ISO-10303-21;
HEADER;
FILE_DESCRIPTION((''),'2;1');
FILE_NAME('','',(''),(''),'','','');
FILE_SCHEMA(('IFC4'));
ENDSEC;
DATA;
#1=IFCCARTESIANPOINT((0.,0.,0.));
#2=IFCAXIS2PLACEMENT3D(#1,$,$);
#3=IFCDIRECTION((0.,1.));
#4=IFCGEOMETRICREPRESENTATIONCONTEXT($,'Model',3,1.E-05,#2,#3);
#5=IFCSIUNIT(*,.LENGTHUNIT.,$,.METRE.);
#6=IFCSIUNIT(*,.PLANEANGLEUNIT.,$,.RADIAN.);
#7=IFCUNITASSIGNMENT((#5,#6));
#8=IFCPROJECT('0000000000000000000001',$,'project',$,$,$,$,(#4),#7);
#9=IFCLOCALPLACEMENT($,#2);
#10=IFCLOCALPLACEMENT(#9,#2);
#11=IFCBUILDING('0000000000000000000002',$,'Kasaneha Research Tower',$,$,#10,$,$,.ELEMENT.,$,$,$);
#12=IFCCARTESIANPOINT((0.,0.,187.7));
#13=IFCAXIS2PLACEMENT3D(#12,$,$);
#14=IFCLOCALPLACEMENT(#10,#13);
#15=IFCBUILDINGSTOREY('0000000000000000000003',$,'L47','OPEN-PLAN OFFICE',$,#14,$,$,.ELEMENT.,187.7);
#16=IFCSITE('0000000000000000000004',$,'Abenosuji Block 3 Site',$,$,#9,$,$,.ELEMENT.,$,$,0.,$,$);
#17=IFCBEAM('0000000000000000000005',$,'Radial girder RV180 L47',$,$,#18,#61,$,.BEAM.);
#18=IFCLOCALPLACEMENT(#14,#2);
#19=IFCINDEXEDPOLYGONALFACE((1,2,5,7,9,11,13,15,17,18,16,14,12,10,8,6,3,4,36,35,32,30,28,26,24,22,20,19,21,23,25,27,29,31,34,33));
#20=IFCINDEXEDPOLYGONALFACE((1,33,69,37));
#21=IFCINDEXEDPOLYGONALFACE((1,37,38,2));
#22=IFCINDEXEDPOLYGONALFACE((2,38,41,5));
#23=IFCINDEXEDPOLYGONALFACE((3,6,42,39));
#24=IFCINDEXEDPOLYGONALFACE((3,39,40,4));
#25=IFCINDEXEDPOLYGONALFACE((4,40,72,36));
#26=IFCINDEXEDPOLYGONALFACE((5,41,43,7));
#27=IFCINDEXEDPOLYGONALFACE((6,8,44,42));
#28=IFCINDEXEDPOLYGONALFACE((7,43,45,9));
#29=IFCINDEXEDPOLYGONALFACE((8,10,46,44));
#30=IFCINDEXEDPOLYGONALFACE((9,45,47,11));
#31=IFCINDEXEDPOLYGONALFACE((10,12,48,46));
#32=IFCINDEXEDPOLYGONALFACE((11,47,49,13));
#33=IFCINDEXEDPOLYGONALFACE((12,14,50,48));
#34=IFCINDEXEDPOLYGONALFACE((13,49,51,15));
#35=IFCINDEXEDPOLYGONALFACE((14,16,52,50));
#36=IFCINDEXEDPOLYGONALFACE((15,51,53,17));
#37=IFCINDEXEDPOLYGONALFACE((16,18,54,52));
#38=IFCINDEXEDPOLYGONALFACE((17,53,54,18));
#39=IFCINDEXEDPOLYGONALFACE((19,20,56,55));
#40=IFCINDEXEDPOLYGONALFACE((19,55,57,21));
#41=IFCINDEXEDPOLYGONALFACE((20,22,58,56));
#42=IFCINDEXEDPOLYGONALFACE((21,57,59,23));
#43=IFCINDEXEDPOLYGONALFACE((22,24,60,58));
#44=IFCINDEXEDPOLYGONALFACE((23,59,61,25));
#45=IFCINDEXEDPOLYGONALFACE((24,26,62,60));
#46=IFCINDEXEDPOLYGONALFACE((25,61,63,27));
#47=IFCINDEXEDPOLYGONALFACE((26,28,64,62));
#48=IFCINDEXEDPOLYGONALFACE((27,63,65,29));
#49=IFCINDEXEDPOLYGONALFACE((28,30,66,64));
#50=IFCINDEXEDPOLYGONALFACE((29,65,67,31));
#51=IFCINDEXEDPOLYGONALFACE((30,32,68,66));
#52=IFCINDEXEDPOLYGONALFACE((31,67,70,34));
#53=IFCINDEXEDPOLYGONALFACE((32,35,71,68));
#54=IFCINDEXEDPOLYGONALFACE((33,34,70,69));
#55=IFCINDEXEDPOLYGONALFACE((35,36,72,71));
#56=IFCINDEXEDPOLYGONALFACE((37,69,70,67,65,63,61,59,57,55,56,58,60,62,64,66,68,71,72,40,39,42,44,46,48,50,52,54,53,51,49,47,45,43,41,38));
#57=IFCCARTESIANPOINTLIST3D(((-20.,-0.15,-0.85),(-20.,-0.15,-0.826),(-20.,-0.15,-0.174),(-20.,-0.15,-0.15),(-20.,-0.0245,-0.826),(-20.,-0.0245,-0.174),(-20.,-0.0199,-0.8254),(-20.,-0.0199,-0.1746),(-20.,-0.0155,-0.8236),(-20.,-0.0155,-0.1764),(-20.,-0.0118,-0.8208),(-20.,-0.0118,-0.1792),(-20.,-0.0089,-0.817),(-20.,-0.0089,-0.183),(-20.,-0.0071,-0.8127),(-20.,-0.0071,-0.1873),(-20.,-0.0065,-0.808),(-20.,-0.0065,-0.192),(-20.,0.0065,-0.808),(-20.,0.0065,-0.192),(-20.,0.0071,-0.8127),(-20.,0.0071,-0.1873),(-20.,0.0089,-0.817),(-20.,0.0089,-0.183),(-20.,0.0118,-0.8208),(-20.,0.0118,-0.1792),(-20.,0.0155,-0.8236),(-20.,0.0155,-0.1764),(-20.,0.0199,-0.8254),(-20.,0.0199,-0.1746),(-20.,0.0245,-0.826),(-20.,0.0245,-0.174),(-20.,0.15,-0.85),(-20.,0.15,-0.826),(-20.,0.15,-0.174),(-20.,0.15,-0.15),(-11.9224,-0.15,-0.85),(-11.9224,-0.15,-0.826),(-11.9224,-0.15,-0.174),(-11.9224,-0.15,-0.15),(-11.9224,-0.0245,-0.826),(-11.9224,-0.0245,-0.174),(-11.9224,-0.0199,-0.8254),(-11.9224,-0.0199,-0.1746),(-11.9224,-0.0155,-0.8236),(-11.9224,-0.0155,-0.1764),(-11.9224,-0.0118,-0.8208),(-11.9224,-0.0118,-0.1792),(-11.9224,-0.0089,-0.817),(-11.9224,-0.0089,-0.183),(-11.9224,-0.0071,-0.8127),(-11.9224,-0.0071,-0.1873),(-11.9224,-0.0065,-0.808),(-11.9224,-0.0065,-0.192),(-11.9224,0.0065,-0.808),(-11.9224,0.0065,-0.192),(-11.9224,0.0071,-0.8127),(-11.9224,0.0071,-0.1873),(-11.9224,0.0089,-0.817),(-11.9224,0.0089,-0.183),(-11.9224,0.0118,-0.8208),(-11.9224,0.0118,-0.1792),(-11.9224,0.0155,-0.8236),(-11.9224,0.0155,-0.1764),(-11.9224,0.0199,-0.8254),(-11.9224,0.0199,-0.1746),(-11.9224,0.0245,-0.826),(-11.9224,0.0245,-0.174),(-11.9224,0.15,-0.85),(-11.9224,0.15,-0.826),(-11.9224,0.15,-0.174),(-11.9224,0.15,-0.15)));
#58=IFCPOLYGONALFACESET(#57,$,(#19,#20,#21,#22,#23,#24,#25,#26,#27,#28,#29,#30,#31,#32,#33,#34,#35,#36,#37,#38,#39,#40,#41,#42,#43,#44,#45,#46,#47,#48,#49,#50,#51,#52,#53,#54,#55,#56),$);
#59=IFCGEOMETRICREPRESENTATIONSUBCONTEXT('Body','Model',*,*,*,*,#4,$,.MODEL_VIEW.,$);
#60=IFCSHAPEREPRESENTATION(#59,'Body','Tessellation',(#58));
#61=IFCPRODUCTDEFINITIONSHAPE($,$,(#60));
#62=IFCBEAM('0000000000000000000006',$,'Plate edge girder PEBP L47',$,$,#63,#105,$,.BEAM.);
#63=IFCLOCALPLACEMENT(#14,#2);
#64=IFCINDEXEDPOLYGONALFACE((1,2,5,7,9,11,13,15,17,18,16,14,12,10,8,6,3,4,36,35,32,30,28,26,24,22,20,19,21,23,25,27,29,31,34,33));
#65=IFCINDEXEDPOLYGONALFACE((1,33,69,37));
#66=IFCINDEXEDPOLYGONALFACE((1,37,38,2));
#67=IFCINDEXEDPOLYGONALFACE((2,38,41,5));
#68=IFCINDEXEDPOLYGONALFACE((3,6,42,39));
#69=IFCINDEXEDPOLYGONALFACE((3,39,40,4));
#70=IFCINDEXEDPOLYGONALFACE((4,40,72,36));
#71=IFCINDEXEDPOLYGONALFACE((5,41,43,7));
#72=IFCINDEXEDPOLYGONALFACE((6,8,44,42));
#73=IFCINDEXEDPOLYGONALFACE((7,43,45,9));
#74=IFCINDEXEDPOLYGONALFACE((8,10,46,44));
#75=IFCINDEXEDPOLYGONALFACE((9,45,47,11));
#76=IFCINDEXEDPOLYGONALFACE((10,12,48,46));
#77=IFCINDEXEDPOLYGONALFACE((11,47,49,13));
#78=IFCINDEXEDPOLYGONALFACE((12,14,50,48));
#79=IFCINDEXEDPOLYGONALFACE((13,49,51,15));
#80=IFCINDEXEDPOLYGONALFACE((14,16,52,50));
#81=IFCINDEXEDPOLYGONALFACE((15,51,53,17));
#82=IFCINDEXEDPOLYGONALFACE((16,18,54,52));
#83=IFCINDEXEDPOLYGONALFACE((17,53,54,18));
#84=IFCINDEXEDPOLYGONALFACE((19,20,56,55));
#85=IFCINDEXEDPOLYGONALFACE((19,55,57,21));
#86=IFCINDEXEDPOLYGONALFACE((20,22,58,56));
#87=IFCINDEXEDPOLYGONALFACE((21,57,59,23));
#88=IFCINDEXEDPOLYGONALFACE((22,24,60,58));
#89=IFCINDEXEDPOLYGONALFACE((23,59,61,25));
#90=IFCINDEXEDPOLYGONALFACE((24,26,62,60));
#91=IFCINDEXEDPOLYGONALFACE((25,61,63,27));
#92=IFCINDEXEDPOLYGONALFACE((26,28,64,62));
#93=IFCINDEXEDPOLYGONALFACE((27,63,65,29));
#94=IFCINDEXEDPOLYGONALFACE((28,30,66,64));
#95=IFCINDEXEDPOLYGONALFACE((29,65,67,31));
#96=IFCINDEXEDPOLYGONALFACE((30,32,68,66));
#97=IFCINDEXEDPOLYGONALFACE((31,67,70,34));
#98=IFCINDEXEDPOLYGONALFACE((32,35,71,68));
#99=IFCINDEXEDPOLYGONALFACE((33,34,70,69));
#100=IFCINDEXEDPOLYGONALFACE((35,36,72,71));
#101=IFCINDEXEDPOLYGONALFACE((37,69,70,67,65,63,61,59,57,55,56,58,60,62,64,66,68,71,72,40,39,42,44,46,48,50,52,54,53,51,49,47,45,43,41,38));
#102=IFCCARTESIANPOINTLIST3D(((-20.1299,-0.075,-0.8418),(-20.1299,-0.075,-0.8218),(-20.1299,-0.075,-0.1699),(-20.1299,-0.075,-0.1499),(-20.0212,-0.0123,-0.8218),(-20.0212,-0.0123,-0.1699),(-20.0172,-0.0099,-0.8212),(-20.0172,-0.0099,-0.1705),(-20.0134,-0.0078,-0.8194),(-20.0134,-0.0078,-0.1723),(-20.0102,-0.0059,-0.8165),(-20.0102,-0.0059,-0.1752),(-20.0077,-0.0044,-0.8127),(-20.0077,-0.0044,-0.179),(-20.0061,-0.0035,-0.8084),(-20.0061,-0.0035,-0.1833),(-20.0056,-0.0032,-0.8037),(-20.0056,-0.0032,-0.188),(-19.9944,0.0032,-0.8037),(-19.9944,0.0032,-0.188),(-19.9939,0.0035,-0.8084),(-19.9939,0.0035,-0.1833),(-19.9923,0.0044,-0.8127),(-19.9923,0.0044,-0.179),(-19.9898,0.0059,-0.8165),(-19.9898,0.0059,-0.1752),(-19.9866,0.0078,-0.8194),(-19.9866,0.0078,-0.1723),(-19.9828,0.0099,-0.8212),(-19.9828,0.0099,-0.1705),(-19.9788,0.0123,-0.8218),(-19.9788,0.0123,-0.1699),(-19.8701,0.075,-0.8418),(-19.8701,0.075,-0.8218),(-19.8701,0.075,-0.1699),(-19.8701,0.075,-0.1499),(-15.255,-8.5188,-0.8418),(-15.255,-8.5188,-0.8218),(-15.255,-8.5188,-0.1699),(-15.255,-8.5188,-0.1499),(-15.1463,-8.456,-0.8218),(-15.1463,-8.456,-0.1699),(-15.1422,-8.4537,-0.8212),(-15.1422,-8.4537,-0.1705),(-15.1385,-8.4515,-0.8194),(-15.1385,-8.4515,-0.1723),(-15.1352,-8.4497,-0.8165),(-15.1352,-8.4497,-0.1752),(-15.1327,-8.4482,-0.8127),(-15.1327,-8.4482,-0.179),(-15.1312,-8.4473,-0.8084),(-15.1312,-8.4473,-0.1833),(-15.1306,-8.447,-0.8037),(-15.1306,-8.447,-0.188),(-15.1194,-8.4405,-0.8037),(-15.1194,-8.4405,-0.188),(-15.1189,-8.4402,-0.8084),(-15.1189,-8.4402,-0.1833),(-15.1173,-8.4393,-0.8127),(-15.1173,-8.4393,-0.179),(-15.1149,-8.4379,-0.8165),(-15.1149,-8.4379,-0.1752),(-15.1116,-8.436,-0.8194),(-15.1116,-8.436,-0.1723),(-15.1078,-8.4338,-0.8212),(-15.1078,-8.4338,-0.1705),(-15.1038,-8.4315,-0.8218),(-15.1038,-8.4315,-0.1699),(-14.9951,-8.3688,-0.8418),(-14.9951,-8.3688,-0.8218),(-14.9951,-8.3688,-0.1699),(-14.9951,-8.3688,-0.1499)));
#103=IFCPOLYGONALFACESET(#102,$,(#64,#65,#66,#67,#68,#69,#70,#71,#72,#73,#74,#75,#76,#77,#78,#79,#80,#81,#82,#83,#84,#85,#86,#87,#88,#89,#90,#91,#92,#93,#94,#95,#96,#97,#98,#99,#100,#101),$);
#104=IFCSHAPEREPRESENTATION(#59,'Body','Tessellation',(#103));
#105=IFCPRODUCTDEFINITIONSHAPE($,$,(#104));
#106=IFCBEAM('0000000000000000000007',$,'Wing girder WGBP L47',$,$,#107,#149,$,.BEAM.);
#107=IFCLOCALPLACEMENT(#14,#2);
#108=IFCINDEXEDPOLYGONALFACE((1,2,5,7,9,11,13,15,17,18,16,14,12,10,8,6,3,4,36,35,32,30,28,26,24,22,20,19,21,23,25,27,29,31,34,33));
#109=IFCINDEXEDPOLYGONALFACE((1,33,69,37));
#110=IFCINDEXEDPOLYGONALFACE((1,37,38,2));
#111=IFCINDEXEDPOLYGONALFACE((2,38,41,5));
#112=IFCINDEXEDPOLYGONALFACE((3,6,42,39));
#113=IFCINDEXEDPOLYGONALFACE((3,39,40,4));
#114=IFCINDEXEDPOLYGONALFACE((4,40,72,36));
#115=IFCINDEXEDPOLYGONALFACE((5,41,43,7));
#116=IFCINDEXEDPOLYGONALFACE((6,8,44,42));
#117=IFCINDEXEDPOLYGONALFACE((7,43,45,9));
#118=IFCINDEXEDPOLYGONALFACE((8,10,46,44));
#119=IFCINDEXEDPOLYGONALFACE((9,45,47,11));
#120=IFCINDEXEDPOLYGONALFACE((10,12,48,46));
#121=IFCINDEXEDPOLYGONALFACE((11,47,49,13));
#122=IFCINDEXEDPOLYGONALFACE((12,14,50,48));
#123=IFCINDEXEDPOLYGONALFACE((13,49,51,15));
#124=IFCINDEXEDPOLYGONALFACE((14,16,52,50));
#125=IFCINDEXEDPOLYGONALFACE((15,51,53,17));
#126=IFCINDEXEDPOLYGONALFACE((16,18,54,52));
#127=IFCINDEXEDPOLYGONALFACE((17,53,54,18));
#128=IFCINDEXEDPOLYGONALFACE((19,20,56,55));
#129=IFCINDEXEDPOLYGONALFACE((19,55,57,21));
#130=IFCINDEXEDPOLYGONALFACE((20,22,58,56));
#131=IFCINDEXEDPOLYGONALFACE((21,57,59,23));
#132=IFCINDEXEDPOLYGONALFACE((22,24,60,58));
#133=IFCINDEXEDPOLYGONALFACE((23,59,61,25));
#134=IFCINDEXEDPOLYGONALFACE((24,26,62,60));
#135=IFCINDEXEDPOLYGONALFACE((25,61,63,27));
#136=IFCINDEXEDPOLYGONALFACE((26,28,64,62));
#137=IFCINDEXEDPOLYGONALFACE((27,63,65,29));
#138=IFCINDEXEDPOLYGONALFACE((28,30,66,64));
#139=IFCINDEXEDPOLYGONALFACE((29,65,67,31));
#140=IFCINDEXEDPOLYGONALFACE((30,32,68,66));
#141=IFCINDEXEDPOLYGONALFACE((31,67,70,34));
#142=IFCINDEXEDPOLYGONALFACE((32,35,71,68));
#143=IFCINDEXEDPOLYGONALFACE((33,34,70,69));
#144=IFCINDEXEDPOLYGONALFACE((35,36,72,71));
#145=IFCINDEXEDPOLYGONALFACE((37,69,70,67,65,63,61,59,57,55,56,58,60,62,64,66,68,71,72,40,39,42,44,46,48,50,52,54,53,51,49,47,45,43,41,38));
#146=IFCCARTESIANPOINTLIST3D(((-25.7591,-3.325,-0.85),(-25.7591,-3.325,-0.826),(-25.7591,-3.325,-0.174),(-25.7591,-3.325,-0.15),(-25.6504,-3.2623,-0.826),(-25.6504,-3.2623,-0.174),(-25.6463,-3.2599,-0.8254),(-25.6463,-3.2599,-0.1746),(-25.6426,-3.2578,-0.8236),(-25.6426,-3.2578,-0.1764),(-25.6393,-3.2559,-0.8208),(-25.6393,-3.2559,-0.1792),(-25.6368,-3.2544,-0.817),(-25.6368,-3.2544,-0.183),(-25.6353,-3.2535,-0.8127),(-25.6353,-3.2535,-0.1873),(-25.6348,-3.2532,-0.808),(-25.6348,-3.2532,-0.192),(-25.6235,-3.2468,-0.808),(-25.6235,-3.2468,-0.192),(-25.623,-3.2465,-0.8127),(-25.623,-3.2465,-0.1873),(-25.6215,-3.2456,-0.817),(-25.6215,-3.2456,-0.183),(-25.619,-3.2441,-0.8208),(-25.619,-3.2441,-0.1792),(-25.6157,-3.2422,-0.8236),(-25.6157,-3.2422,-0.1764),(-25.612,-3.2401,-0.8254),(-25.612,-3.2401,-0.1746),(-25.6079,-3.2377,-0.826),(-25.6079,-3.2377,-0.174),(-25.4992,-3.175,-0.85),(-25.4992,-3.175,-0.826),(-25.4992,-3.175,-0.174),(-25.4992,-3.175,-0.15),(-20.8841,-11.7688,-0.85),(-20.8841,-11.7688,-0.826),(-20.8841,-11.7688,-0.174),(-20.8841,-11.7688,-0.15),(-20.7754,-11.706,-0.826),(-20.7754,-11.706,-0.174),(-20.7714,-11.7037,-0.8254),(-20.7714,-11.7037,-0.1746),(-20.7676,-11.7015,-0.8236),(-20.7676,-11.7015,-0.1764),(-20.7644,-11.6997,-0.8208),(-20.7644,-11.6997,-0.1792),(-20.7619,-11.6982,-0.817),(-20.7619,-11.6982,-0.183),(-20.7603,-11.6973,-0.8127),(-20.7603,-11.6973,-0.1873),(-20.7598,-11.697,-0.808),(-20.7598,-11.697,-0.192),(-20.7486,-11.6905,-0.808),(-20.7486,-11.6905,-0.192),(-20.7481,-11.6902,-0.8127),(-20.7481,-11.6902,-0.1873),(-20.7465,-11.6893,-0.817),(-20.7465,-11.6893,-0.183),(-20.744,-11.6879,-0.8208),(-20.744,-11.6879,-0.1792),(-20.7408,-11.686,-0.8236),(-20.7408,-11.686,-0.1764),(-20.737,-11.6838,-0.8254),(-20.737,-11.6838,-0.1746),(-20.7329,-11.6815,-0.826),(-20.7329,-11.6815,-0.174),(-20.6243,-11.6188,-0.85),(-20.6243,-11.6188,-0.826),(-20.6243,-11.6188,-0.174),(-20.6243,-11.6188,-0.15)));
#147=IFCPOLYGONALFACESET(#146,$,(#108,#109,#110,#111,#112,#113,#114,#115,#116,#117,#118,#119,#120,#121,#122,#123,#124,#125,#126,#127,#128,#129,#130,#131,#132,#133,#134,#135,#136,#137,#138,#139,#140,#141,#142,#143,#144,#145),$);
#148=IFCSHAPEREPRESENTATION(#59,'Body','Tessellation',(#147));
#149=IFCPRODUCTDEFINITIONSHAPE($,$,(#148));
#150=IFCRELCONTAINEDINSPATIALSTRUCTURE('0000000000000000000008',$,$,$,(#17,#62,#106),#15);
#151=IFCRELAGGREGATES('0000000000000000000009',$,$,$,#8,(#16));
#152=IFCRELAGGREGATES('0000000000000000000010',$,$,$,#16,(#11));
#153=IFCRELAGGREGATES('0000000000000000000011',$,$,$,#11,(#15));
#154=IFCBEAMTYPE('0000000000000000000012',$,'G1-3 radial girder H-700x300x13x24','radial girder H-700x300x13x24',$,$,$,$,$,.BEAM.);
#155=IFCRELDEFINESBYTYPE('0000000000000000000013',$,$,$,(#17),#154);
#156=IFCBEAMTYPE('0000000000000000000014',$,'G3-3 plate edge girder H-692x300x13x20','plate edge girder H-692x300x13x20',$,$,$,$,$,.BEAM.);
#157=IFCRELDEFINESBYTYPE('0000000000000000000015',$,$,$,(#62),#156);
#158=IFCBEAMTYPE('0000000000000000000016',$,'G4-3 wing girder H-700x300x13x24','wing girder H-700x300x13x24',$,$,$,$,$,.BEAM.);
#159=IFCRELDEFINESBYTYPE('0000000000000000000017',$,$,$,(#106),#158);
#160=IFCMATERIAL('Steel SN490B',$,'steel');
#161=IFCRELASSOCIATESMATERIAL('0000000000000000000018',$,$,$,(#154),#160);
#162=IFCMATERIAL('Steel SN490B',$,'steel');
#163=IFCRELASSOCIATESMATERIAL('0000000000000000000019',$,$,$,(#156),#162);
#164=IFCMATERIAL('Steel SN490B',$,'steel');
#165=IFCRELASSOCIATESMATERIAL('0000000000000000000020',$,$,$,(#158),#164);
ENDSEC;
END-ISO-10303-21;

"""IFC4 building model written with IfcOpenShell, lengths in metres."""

from ifc_helpers import new_model, si_unit, direction, frame, origin, origin_2d, place, context, subcontext, project, spatial, i_section, extrude, material, material_profile, profile_set, type_object, element, save


model = new_model("IFC4")

# Units and contexts
model_context = context("Model", 3, precision=1e-05, world=origin(), true_north=direction((0.0, 1.0)))
body_context = subcontext(model_context, "Body", "Model", "MODEL_VIEW")
ifc_project = project(units=[si_unit("LENGTHUNIT", "METRE"), si_unit("PLANEANGLEUNIT", "RADIAN")], contexts=[model_context])

# Site, building, storey
site_placement = place(None, origin())
site = spatial("IfcSite", under=ifc_project, at=site_placement, Name="Abenosuji Block 3 Site", CompositionType="ELEMENT", RefElevation=0.0)
building_placement = place(site_placement, origin())
building = spatial("IfcBuilding", under=site, at=building_placement, Name="Kasaneha Research Tower", CompositionType="ELEMENT")
storey_placement = place(building_placement, frame((0.0, 0.0, 187.7)))
storey = spatial("IfcBuildingStorey", under=building, at=storey_placement, Name="L47", Description="OPEN-PLAN OFFICE", CompositionType="ELEMENT", Elevation=187.7)

# Beams
ifc_material_1 = material(Name="Steel SN490B", Category="steel")
ifc_material_profile_1 = material_profile(ifc_material_1, i_section(OverallWidth=0.3, OverallDepth=0.7, WebThickness=0.0129, FlangeThickness=0.0239, FilletRadius=0.0181, at=origin_2d()), Name="H-700x300x13x24")
ifc_profile_set_1 = profile_set([ifc_material_profile_1], Name="Steel SN490B")
beam_type_1 = type_object("IfcBeamType", Name="G1-3 radial girder H-700x300x13x24", Description="radial girder H-700x300x13x24", PredefinedType="BEAM", material=ifc_profile_set_1)
beam_1_placement = place(storey_placement, frame((-11.9224, 0.0, -0.5), z_axis=(-1.0, 0.0, 0.0), x_axis=(0.0, -1.0, 0.0)))
element("IfcBeam", 1, at=beam_1_placement, inside=storey, type_object=beam_type_1, Name="Radial girder RV180 L47", PredefinedType="BEAM", context=body_context, shape_type="SweptSolid", body=[
    extrude(i_section(OverallWidth=0.3, OverallDepth=0.7, WebThickness=0.0129, FlangeThickness=0.0239, FilletRadius=0.0181, at=origin_2d()), origin(), (0.0, 0.0, 1.0), 8.0776),
])
ifc_material_2 = material(Name="Steel SN490B", Category="steel")
ifc_material_profile_2 = material_profile(ifc_material_2, i_section(OverallWidth=0.3, OverallDepth=0.6919, WebThickness=0.0129, FlangeThickness=0.02, FilletRadius=0.0181, at=origin_2d()), Name="H-692x300x13x20")
ifc_profile_set_2 = profile_set([ifc_material_profile_2], Name="Steel SN490B")
beam_type_2 = type_object("IfcBeamType", Name="G3-3 plate edge girder H-692x300x13x20", Description="plate edge girder H-692x300x13x20", PredefinedType="BEAM", material=ifc_profile_set_2)
beam_2_placement = place(storey_placement, frame((-20.0, 0.0, -0.4958), z_axis=(0.499996, -0.866028, 0.0), x_axis=(0.866028, 0.499996, 0.0)))
element("IfcBeam", 2, at=beam_2_placement, inside=storey, type_object=beam_type_2, Name="Plate edge girder PEBP L47", PredefinedType="BEAM", context=body_context, shape_type="SweptSolid", body=[
    extrude(i_section(OverallWidth=0.3, OverallDepth=0.6919, WebThickness=0.0129, FlangeThickness=0.02, FilletRadius=0.0181, at=origin_2d()), origin(), (0.0, 0.0, 1.0), 9.75),
])
ifc_material_3 = material(Name="Steel SN490B", Category="steel")
ifc_material_profile_3 = material_profile(ifc_material_3, i_section(OverallWidth=0.3, OverallDepth=0.7, WebThickness=0.0129, FlangeThickness=0.0239, FilletRadius=0.0181, at=origin_2d()), Name="H-700x300x13x24")
ifc_profile_set_3 = profile_set([ifc_material_profile_3], Name="Steel SN490B")
beam_type_3 = type_object("IfcBeamType", Name="G4-3 wing girder H-700x300x13x24", Description="wing girder H-700x300x13x24", PredefinedType="BEAM", material=ifc_profile_set_3)
beam_3_placement = place(storey_placement, frame((-25.6292, -3.25, -0.5), z_axis=(0.499996, -0.866028, 0.0), x_axis=(0.866028, 0.499996, 0.0)))
element("IfcBeam", 3, at=beam_3_placement, inside=storey, type_object=beam_type_3, Name="Wing girder WGBP L47", PredefinedType="BEAM", context=body_context, shape_type="SweptSolid", body=[
    extrude(i_section(OverallWidth=0.3, OverallDepth=0.7, WebThickness=0.0129, FlangeThickness=0.0239, FilletRadius=0.0181, at=origin_2d()), origin(), (0.0, 0.0, 1.0), 9.75),
])

save(model, "model.ifc")
